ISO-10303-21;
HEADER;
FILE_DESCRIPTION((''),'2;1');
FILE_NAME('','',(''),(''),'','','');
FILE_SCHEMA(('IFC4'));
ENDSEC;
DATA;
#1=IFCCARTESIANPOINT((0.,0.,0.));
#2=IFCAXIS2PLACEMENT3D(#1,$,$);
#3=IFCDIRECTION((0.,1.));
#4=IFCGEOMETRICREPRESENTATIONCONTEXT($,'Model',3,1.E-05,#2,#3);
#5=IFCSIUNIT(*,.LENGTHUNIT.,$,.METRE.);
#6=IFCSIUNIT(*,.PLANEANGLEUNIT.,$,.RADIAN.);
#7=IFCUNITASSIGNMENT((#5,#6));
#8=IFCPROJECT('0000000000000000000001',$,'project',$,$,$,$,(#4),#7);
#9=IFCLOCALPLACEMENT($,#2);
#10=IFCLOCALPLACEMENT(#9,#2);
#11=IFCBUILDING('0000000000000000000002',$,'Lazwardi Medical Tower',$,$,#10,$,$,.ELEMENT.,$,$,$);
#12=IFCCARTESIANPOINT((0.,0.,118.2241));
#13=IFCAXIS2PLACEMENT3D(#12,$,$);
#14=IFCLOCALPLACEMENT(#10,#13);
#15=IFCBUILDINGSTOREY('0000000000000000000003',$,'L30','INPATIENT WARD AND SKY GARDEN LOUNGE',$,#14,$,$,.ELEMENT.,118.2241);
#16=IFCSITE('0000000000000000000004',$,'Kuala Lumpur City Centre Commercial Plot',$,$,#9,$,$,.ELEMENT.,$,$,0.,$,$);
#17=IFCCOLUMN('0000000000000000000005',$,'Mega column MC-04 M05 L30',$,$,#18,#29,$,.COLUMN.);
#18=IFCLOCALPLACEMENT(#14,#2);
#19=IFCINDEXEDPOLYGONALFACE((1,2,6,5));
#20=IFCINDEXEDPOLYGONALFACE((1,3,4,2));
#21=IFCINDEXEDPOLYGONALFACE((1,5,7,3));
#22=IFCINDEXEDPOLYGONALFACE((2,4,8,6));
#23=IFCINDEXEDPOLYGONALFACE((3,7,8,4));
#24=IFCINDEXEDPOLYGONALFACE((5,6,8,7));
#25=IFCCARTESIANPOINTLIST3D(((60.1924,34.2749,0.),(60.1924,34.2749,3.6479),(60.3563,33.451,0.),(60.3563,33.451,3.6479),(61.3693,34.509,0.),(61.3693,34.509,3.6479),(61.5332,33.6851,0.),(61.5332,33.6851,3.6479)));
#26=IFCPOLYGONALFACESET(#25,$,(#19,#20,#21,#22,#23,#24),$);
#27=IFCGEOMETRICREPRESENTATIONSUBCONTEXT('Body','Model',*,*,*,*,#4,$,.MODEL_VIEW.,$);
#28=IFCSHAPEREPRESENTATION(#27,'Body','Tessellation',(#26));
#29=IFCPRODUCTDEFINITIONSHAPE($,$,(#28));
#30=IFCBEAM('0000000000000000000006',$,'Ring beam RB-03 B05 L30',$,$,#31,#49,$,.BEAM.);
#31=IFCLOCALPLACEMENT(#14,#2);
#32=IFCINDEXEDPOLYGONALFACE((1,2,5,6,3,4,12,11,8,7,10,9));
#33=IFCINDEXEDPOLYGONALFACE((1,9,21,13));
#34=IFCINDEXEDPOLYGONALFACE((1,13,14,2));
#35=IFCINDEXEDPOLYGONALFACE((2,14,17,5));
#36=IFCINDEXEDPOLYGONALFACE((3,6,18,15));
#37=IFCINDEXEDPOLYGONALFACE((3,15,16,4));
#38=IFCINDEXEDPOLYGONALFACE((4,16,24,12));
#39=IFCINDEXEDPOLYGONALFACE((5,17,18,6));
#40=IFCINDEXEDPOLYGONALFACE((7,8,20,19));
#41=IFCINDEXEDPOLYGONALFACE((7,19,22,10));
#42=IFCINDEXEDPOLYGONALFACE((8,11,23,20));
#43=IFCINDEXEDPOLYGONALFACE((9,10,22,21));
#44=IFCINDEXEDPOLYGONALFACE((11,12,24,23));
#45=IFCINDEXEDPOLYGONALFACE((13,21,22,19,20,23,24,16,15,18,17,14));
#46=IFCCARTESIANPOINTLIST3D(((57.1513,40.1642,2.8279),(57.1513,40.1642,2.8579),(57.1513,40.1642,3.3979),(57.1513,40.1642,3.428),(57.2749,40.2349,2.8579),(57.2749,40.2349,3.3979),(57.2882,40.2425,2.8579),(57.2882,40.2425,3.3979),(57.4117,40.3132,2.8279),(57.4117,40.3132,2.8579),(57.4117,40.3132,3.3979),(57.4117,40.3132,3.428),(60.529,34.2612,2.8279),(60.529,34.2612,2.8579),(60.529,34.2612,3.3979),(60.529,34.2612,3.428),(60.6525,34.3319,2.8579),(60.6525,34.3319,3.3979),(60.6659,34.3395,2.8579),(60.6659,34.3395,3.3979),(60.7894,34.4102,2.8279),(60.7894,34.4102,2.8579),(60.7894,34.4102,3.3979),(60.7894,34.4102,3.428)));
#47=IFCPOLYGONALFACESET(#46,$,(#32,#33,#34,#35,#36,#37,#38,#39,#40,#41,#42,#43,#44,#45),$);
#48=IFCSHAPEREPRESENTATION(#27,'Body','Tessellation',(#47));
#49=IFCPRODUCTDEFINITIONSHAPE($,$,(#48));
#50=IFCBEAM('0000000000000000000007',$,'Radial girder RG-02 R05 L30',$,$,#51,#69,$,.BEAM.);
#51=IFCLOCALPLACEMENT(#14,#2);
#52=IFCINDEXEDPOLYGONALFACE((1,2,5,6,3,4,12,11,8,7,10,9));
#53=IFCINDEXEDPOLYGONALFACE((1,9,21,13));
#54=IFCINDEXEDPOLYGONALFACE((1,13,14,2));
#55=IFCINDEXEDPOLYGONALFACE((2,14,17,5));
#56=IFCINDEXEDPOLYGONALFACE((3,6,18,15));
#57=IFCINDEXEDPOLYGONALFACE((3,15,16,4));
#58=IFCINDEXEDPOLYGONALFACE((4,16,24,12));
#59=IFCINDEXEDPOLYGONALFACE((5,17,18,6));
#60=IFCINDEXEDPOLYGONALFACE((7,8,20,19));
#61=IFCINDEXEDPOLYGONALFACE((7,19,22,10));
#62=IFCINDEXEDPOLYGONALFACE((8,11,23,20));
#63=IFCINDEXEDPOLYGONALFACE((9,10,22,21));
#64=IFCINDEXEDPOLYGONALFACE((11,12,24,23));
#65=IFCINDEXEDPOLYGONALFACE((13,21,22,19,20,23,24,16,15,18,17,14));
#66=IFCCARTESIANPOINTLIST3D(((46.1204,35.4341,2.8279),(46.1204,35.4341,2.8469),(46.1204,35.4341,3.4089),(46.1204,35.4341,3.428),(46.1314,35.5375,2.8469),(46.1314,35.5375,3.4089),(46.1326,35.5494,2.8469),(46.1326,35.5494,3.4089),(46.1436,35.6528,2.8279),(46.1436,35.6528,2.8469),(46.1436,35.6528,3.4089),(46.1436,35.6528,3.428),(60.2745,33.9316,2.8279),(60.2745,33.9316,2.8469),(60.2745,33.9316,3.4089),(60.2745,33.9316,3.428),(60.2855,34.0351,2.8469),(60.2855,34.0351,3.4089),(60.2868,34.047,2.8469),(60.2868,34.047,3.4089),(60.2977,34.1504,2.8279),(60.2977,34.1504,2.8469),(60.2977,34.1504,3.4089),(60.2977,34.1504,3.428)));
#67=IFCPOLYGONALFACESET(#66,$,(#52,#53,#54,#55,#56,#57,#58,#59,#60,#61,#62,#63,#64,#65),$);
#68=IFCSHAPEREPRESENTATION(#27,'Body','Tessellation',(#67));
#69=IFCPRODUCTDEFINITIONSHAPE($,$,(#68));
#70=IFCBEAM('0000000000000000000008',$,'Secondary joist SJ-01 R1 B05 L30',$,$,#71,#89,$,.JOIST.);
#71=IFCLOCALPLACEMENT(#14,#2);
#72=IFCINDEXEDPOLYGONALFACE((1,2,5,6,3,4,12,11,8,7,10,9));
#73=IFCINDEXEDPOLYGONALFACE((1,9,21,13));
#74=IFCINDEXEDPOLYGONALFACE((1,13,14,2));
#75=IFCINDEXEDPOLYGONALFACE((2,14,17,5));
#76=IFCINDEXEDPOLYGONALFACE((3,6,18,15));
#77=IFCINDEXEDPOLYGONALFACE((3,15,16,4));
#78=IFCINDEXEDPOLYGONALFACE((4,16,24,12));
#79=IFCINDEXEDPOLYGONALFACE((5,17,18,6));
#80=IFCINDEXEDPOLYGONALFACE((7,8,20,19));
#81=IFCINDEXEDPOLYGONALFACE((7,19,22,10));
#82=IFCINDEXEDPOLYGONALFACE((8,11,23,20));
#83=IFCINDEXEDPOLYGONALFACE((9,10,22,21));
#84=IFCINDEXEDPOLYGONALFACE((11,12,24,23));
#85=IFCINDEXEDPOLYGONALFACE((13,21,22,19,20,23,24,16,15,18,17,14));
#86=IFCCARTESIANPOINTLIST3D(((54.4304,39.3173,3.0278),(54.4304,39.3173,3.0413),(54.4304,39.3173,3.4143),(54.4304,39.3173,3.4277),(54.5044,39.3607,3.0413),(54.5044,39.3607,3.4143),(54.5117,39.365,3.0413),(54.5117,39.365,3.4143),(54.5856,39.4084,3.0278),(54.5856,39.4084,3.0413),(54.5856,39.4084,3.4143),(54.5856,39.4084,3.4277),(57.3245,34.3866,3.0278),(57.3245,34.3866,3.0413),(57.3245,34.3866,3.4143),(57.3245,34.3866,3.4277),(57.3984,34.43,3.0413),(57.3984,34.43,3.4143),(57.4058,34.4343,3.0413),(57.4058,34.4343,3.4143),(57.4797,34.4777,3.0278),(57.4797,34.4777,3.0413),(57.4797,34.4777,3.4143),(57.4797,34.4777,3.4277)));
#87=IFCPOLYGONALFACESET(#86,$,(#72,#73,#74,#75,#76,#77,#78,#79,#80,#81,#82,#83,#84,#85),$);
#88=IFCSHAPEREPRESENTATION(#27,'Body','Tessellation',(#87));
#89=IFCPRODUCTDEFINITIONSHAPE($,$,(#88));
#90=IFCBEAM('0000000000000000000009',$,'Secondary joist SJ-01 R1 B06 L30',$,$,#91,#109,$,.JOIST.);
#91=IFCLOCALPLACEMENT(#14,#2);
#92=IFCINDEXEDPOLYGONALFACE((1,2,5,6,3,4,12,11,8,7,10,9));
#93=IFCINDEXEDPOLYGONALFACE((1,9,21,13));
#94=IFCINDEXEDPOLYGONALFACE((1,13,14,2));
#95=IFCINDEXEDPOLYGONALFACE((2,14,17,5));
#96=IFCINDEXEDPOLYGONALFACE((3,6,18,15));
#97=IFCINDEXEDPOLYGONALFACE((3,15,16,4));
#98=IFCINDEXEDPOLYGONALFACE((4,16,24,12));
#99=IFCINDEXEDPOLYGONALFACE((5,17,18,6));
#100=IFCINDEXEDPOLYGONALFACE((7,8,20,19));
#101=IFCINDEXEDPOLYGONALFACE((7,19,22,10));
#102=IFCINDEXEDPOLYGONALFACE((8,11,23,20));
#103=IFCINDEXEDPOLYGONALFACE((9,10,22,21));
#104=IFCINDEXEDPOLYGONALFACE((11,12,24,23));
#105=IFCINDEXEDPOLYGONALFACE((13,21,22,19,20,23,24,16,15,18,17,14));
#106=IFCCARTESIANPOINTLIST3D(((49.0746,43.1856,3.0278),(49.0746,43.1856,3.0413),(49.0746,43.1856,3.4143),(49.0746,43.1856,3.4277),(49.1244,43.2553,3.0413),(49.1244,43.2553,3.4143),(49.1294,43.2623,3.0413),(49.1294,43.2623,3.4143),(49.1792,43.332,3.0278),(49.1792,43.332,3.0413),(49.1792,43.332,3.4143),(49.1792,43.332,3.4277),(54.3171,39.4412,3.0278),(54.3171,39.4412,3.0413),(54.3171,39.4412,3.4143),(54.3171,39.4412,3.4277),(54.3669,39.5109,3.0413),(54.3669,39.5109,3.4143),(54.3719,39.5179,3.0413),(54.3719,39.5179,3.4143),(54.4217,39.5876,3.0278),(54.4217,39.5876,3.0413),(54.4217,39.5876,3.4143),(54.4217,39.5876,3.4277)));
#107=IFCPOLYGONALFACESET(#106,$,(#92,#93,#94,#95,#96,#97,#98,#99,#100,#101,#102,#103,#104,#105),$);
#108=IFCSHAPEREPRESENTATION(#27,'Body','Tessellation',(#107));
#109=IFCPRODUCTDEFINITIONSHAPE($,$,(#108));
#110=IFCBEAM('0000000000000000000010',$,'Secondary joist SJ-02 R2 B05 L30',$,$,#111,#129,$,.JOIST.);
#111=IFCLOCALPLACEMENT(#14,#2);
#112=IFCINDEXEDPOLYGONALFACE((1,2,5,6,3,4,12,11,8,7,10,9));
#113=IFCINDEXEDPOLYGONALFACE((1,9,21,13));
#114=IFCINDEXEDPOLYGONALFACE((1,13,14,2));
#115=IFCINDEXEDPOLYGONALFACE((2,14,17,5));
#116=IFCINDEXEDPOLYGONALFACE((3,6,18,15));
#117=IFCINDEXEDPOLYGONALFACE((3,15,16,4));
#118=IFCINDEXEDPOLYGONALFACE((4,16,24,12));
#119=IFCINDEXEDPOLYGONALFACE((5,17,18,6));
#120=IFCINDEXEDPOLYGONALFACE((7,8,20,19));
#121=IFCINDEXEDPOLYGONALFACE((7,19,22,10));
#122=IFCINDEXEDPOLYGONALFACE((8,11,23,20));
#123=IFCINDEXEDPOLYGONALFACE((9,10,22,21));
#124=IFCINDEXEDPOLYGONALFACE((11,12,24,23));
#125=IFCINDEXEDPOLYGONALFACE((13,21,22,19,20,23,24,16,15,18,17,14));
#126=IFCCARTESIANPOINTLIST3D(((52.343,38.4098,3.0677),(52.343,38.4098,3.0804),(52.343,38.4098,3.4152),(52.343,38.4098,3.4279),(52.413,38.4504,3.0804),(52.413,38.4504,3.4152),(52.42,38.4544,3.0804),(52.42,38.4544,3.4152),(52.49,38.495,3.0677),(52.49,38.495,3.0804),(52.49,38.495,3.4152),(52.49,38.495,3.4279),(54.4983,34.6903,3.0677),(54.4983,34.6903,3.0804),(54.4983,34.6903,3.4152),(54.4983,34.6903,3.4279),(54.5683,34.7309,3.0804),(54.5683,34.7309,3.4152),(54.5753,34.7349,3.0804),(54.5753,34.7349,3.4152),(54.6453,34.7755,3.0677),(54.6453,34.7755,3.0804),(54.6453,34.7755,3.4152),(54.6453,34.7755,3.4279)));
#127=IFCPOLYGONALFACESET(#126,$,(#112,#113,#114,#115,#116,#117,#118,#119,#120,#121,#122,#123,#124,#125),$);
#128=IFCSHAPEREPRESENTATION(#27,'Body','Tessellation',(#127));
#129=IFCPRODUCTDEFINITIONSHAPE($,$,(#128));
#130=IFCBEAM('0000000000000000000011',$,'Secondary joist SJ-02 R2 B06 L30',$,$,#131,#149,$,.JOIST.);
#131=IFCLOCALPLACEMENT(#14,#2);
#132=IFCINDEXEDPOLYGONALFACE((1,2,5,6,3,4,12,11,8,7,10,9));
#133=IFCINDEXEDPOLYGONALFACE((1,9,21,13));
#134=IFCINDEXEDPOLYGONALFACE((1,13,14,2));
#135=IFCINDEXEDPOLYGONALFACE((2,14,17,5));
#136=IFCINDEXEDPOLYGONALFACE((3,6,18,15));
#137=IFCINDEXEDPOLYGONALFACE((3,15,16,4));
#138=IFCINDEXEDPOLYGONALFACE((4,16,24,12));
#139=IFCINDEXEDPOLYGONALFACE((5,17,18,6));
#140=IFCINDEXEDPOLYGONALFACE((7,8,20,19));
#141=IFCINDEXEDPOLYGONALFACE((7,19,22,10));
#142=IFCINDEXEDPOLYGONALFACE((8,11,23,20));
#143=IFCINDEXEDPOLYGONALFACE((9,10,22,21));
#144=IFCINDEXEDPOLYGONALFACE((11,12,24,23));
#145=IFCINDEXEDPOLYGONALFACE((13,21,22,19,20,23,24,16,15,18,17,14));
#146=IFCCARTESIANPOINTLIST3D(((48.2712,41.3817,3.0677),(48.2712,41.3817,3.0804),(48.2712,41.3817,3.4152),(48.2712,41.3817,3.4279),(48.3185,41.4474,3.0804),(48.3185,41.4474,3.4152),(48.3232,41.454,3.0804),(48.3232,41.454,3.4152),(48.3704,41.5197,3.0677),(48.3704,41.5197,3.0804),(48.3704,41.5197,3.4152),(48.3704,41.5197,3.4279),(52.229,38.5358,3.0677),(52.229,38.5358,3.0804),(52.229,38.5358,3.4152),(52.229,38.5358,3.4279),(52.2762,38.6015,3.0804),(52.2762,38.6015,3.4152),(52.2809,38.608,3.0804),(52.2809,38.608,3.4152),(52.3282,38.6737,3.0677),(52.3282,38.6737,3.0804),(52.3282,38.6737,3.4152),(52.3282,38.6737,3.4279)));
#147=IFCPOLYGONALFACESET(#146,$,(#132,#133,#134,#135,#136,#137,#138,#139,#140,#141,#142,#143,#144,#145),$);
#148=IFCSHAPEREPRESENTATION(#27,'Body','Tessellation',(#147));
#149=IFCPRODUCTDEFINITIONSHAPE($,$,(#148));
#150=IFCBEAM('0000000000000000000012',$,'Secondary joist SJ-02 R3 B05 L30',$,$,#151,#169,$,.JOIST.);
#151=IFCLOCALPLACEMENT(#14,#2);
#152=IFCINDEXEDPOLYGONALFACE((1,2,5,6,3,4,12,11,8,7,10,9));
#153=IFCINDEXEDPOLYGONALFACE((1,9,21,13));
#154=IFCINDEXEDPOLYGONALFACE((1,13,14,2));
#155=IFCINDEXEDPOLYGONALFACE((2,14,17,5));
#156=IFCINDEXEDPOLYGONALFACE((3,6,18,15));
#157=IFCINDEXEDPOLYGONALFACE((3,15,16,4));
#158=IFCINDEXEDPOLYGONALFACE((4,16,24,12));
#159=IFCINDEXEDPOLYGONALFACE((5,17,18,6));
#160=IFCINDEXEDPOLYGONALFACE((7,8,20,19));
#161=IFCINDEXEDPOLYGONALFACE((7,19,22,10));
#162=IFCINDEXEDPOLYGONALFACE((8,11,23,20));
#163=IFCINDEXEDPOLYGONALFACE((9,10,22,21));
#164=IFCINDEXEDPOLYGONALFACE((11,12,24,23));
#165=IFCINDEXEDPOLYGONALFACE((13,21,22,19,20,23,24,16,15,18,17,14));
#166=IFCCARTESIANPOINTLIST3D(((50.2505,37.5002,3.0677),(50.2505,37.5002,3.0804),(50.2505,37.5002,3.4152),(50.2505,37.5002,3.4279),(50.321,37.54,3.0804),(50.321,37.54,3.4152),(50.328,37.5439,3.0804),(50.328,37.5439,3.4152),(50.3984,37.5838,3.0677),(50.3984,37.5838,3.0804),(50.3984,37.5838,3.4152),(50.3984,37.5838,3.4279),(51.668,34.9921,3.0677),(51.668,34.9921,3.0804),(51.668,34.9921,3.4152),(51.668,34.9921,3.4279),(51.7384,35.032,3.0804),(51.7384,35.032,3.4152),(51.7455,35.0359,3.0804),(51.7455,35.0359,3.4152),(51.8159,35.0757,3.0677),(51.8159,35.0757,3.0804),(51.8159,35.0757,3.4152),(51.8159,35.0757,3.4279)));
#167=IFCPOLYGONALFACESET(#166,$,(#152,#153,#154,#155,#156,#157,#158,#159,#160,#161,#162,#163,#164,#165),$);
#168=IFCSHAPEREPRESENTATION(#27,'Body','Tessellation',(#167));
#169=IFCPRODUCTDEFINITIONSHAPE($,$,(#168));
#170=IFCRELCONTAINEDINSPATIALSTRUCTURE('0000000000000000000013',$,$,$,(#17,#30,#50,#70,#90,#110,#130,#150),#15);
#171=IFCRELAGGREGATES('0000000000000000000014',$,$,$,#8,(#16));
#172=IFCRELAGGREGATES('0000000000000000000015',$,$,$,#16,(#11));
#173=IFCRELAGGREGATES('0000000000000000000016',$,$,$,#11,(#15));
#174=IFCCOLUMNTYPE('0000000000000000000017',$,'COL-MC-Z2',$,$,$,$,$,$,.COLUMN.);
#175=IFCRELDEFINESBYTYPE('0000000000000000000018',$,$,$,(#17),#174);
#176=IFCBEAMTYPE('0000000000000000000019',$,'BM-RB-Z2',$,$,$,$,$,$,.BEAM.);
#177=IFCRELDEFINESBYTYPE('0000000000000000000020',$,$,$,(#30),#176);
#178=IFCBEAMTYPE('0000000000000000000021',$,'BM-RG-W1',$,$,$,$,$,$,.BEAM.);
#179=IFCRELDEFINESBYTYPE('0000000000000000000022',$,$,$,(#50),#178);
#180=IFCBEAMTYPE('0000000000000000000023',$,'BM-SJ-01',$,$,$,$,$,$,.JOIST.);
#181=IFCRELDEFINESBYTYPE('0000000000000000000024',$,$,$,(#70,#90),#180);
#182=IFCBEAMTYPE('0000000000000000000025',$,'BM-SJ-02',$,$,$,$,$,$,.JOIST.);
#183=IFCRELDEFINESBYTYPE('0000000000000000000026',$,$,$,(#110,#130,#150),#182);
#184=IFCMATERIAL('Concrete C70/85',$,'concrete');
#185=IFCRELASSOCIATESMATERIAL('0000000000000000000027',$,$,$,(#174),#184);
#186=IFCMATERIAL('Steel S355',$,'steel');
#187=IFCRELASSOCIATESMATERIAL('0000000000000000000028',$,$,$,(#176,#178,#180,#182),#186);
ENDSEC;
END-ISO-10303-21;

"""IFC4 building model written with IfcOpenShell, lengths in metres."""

from ifc_helpers import new_model, si_unit, direction, frame, origin, origin_2d, place, context, subcontext, project, spatial, rectangle, i_section, extrude, material, material_profile, profile_set, type_object, element, save


model = new_model("IFC4")

# Units and contexts
model_context = context("Model", 3, precision=1e-05, world=origin(), true_north=direction((0.0, 1.0)))
body_context = subcontext(model_context, "Body", "Model", "MODEL_VIEW")
ifc_project = project(units=[si_unit("LENGTHUNIT", "METRE"), si_unit("PLANEANGLEUNIT", "RADIAN")], contexts=[model_context])

# Site, building, storey
site_placement = place(None, origin())
site = spatial("IfcSite", under=ifc_project, at=site_placement, Name="Kuala Lumpur City Centre Commercial Plot", CompositionType="ELEMENT", RefElevation=0.0)
building_placement = place(site_placement, origin())
building = spatial("IfcBuilding", under=site, at=building_placement, Name="Lazwardi Medical Tower", CompositionType="ELEMENT")
storey_placement = place(building_placement, frame((0.0, 0.0, 118.2241)))
storey = spatial("IfcBuildingStorey", under=building, at=storey_placement, Name="L30", Description="INPATIENT WARD AND SKY GARDEN LOUNGE", CompositionType="ELEMENT", Elevation=118.2241)

# Column
ifc_material_1 = material(Name="Concrete C70/85", Category="concrete")
ifc_material_profile_1 = material_profile(ifc_material_1, rectangle(XDim=1.2, YDim=0.8401, at=origin_2d()), Name="CFT-RECT 1200x840")
ifc_profile_set_1 = profile_set([ifc_material_profile_1], Name="Concrete C70/85")
column_type = type_object("IfcColumnType", Name="COL-MC-Z2", PredefinedType="COLUMN", material=ifc_profile_set_1)
column_placement = place(storey_placement, frame((60.8628, 33.98, 0.0), z_axis=(0.0, 0.0, 1.0), x_axis=(0.980785, 0.19509, 0.0)))
element("IfcColumn", 1, at=column_placement, inside=storey, type_object=column_type, Name="Mega column MC-04 M05 L30", PredefinedType="COLUMN", context=body_context, shape_type="SweptSolid", body=[
    extrude(rectangle(XDim=1.2, YDim=0.8401, at=origin_2d()), origin(), (0.0, 0.0, 1.0), 3.6479),
])

# Beams
ifc_material_2 = material(Name="Steel S355", Category="steel")
ifc_material_profile_2 = material_profile(ifc_material_2, i_section(OverallWidth=0.3, OverallDepth=0.6001, WebThickness=0.0154, FlangeThickness=0.03, at=origin_2d()), Name="HEB 600")
ifc_profile_set_2 = profile_set([ifc_material_profile_2], Name="Steel S355")
beam_type_1 = type_object("IfcBeamType", Name="BM-RB-Z2", PredefinedType="BEAM", material=ifc_profile_set_2)
beam_1_placement = place(storey_placement, frame((60.6592, 34.3357, 3.1279), z_axis=(-0.496638, 0.867958, 0.0), x_axis=(-0.867958, -0.496638, 0.0)))
element("IfcBeam", 2, at=beam_1_placement, inside=storey, type_object=beam_type_1, Name="Ring beam RB-03 B05 L30", PredefinedType="BEAM", context=body_context, shape_type="SweptSolid", body=[
    extrude(i_section(OverallWidth=0.3, OverallDepth=0.6001, WebThickness=0.0154, FlangeThickness=0.03, at=origin_2d()), origin(), (0.0, 0.0, 1.0), 6.801),
])
ifc_material_profile_3 = material_profile(ifc_material_2, i_section(OverallWidth=0.22, OverallDepth=0.6001, WebThickness=0.012, FlangeThickness=0.019, at=origin_2d()), Name="IPE 600")
ifc_profile_set_3 = profile_set([ifc_material_profile_3], Name="Steel S355")
beam_type_2 = type_object("IfcBeamType", Name="BM-RG-W1", PredefinedType="BEAM", material=ifc_profile_set_3)
beam_2_placement = place(storey_placement, frame((60.2861, 34.041, 3.1279), z_axis=(-0.994413, 0.105556, 0.0), x_axis=(-0.105556, -0.994413, 0.0)))
element("IfcBeam", 3, at=beam_2_placement, inside=storey, type_object=beam_type_2, Name="Radial girder RG-02 R05 L30", PredefinedType="BEAM", context=body_context, shape_type="SweptSolid", body=[
    extrude(i_section(OverallWidth=0.22, OverallDepth=0.6001, WebThickness=0.012, FlangeThickness=0.019, at=origin_2d()), origin(), (0.0, 0.0, 1.0), 14.2336),
])
ifc_material_profile_4 = material_profile(ifc_material_2, i_section(OverallWidth=0.1799, OverallDepth=0.3999, WebThickness=0.0085, FlangeThickness=0.0134, at=origin_2d()), Name="IPE 400")
ifc_profile_set_4 = profile_set([ifc_material_profile_4], Name="Steel S355")
beam_type_3 = type_object("IfcBeamType", Name="BM-SJ-01", PredefinedType="JOIST", material=ifc_profile_set_4)
beam_3_placement = place(storey_placement, frame((57.4021, 34.4321, 3.2278), z_axis=(-0.506195, 0.862419, 0.0), x_axis=(-0.862419, -0.506195, 0.0)))
element("IfcBeam", 4, at=beam_3_placement, inside=storey, type_object=beam_type_3, Name="Secondary joist SJ-01 R1 B05 L30", PredefinedType="JOIST", context=body_context, shape_type="SweptSolid", body=[
    extrude(i_section(OverallWidth=0.1799, OverallDepth=0.3999, WebThickness=0.0085, FlangeThickness=0.0134, at=origin_2d()), origin(), (0.0, 0.0, 1.0), 5.7173),
])
beam_4_placement = place(storey_placement, frame((54.3694, 39.5144, 3.2278), z_axis=(-0.813749, 0.581217, 0.0), x_axis=(-0.581217, -0.813749, 0.0)))
element("IfcBeam", 5, at=beam_4_placement, inside=storey, type_object=beam_type_3, Name="Secondary joist SJ-01 R1 B06 L30", PredefinedType="JOIST", context=body_context, shape_type="SweptSolid", body=[
    extrude(i_section(OverallWidth=0.1799, OverallDepth=0.3999, WebThickness=0.0085, FlangeThickness=0.0134, at=origin_2d()), origin(), (0.0, 0.0, 1.0), 6.4424),
])
ifc_material_profile_5 = material_profile(ifc_material_2, i_section(OverallWidth=0.1699, OverallDepth=0.3601, WebThickness=0.0081, FlangeThickness=0.0127, at=origin_2d()), Name="IPE 360")
ifc_profile_set_5 = profile_set([ifc_material_profile_5], Name="Steel S355")
beam_type_4 = type_object("IfcBeamType", Name="BM-SJ-02", PredefinedType="JOIST", material=ifc_profile_set_5)
beam_5_placement = place(storey_placement, frame((54.5718, 34.7329, 3.2478), z_axis=(-0.501365, 0.865236, 0.0), x_axis=(-0.865236, -0.501365, 0.0)))
element("IfcBeam", 6, at=beam_5_placement, inside=storey, type_object=beam_type_4, Name="Secondary joist SJ-02 R2 B05 L30", PredefinedType="JOIST", context=body_context, shape_type="SweptSolid", body=[
    extrude(i_section(OverallWidth=0.1699, OverallDepth=0.3601, WebThickness=0.0081, FlangeThickness=0.0127, at=origin_2d()), origin(), (0.0, 0.0, 1.0), 4.2988),
])
beam_6_placement = place(storey_placement, frame((52.2786, 38.6047, 3.2478), z_axis=(-0.811889, 0.583813, 0.0), x_axis=(-0.583813, -0.811889, 0.0)))
element("IfcBeam", 7, at=beam_6_placement, inside=storey, type_object=beam_type_4, Name="Secondary joist SJ-02 R2 B06 L30", PredefinedType="JOIST", context=body_context, shape_type="SweptSolid", body=[
    extrude(i_section(OverallWidth=0.1699, OverallDepth=0.3601, WebThickness=0.0081, FlangeThickness=0.0127, at=origin_2d()), origin(), (0.0, 0.0, 1.0), 4.8748),
])
beam_7_placement = place(storey_placement, frame((51.7419, 35.0339, 3.2478), z_axis=(-0.492027, 0.87058, 0.0), x_axis=(-0.87058, -0.492027, 0.0)))
element("IfcBeam", 8, at=beam_7_placement, inside=storey, type_object=beam_type_4, Name="Secondary joist SJ-02 R3 B05 L30", PredefinedType="JOIST", context=body_context, shape_type="SweptSolid", body=[
    extrude(i_section(OverallWidth=0.1699, OverallDepth=0.3601, WebThickness=0.0081, FlangeThickness=0.0127, at=origin_2d()), origin(), (0.0, 0.0, 1.0), 2.8809),
])

save(model, "model.ifc")
